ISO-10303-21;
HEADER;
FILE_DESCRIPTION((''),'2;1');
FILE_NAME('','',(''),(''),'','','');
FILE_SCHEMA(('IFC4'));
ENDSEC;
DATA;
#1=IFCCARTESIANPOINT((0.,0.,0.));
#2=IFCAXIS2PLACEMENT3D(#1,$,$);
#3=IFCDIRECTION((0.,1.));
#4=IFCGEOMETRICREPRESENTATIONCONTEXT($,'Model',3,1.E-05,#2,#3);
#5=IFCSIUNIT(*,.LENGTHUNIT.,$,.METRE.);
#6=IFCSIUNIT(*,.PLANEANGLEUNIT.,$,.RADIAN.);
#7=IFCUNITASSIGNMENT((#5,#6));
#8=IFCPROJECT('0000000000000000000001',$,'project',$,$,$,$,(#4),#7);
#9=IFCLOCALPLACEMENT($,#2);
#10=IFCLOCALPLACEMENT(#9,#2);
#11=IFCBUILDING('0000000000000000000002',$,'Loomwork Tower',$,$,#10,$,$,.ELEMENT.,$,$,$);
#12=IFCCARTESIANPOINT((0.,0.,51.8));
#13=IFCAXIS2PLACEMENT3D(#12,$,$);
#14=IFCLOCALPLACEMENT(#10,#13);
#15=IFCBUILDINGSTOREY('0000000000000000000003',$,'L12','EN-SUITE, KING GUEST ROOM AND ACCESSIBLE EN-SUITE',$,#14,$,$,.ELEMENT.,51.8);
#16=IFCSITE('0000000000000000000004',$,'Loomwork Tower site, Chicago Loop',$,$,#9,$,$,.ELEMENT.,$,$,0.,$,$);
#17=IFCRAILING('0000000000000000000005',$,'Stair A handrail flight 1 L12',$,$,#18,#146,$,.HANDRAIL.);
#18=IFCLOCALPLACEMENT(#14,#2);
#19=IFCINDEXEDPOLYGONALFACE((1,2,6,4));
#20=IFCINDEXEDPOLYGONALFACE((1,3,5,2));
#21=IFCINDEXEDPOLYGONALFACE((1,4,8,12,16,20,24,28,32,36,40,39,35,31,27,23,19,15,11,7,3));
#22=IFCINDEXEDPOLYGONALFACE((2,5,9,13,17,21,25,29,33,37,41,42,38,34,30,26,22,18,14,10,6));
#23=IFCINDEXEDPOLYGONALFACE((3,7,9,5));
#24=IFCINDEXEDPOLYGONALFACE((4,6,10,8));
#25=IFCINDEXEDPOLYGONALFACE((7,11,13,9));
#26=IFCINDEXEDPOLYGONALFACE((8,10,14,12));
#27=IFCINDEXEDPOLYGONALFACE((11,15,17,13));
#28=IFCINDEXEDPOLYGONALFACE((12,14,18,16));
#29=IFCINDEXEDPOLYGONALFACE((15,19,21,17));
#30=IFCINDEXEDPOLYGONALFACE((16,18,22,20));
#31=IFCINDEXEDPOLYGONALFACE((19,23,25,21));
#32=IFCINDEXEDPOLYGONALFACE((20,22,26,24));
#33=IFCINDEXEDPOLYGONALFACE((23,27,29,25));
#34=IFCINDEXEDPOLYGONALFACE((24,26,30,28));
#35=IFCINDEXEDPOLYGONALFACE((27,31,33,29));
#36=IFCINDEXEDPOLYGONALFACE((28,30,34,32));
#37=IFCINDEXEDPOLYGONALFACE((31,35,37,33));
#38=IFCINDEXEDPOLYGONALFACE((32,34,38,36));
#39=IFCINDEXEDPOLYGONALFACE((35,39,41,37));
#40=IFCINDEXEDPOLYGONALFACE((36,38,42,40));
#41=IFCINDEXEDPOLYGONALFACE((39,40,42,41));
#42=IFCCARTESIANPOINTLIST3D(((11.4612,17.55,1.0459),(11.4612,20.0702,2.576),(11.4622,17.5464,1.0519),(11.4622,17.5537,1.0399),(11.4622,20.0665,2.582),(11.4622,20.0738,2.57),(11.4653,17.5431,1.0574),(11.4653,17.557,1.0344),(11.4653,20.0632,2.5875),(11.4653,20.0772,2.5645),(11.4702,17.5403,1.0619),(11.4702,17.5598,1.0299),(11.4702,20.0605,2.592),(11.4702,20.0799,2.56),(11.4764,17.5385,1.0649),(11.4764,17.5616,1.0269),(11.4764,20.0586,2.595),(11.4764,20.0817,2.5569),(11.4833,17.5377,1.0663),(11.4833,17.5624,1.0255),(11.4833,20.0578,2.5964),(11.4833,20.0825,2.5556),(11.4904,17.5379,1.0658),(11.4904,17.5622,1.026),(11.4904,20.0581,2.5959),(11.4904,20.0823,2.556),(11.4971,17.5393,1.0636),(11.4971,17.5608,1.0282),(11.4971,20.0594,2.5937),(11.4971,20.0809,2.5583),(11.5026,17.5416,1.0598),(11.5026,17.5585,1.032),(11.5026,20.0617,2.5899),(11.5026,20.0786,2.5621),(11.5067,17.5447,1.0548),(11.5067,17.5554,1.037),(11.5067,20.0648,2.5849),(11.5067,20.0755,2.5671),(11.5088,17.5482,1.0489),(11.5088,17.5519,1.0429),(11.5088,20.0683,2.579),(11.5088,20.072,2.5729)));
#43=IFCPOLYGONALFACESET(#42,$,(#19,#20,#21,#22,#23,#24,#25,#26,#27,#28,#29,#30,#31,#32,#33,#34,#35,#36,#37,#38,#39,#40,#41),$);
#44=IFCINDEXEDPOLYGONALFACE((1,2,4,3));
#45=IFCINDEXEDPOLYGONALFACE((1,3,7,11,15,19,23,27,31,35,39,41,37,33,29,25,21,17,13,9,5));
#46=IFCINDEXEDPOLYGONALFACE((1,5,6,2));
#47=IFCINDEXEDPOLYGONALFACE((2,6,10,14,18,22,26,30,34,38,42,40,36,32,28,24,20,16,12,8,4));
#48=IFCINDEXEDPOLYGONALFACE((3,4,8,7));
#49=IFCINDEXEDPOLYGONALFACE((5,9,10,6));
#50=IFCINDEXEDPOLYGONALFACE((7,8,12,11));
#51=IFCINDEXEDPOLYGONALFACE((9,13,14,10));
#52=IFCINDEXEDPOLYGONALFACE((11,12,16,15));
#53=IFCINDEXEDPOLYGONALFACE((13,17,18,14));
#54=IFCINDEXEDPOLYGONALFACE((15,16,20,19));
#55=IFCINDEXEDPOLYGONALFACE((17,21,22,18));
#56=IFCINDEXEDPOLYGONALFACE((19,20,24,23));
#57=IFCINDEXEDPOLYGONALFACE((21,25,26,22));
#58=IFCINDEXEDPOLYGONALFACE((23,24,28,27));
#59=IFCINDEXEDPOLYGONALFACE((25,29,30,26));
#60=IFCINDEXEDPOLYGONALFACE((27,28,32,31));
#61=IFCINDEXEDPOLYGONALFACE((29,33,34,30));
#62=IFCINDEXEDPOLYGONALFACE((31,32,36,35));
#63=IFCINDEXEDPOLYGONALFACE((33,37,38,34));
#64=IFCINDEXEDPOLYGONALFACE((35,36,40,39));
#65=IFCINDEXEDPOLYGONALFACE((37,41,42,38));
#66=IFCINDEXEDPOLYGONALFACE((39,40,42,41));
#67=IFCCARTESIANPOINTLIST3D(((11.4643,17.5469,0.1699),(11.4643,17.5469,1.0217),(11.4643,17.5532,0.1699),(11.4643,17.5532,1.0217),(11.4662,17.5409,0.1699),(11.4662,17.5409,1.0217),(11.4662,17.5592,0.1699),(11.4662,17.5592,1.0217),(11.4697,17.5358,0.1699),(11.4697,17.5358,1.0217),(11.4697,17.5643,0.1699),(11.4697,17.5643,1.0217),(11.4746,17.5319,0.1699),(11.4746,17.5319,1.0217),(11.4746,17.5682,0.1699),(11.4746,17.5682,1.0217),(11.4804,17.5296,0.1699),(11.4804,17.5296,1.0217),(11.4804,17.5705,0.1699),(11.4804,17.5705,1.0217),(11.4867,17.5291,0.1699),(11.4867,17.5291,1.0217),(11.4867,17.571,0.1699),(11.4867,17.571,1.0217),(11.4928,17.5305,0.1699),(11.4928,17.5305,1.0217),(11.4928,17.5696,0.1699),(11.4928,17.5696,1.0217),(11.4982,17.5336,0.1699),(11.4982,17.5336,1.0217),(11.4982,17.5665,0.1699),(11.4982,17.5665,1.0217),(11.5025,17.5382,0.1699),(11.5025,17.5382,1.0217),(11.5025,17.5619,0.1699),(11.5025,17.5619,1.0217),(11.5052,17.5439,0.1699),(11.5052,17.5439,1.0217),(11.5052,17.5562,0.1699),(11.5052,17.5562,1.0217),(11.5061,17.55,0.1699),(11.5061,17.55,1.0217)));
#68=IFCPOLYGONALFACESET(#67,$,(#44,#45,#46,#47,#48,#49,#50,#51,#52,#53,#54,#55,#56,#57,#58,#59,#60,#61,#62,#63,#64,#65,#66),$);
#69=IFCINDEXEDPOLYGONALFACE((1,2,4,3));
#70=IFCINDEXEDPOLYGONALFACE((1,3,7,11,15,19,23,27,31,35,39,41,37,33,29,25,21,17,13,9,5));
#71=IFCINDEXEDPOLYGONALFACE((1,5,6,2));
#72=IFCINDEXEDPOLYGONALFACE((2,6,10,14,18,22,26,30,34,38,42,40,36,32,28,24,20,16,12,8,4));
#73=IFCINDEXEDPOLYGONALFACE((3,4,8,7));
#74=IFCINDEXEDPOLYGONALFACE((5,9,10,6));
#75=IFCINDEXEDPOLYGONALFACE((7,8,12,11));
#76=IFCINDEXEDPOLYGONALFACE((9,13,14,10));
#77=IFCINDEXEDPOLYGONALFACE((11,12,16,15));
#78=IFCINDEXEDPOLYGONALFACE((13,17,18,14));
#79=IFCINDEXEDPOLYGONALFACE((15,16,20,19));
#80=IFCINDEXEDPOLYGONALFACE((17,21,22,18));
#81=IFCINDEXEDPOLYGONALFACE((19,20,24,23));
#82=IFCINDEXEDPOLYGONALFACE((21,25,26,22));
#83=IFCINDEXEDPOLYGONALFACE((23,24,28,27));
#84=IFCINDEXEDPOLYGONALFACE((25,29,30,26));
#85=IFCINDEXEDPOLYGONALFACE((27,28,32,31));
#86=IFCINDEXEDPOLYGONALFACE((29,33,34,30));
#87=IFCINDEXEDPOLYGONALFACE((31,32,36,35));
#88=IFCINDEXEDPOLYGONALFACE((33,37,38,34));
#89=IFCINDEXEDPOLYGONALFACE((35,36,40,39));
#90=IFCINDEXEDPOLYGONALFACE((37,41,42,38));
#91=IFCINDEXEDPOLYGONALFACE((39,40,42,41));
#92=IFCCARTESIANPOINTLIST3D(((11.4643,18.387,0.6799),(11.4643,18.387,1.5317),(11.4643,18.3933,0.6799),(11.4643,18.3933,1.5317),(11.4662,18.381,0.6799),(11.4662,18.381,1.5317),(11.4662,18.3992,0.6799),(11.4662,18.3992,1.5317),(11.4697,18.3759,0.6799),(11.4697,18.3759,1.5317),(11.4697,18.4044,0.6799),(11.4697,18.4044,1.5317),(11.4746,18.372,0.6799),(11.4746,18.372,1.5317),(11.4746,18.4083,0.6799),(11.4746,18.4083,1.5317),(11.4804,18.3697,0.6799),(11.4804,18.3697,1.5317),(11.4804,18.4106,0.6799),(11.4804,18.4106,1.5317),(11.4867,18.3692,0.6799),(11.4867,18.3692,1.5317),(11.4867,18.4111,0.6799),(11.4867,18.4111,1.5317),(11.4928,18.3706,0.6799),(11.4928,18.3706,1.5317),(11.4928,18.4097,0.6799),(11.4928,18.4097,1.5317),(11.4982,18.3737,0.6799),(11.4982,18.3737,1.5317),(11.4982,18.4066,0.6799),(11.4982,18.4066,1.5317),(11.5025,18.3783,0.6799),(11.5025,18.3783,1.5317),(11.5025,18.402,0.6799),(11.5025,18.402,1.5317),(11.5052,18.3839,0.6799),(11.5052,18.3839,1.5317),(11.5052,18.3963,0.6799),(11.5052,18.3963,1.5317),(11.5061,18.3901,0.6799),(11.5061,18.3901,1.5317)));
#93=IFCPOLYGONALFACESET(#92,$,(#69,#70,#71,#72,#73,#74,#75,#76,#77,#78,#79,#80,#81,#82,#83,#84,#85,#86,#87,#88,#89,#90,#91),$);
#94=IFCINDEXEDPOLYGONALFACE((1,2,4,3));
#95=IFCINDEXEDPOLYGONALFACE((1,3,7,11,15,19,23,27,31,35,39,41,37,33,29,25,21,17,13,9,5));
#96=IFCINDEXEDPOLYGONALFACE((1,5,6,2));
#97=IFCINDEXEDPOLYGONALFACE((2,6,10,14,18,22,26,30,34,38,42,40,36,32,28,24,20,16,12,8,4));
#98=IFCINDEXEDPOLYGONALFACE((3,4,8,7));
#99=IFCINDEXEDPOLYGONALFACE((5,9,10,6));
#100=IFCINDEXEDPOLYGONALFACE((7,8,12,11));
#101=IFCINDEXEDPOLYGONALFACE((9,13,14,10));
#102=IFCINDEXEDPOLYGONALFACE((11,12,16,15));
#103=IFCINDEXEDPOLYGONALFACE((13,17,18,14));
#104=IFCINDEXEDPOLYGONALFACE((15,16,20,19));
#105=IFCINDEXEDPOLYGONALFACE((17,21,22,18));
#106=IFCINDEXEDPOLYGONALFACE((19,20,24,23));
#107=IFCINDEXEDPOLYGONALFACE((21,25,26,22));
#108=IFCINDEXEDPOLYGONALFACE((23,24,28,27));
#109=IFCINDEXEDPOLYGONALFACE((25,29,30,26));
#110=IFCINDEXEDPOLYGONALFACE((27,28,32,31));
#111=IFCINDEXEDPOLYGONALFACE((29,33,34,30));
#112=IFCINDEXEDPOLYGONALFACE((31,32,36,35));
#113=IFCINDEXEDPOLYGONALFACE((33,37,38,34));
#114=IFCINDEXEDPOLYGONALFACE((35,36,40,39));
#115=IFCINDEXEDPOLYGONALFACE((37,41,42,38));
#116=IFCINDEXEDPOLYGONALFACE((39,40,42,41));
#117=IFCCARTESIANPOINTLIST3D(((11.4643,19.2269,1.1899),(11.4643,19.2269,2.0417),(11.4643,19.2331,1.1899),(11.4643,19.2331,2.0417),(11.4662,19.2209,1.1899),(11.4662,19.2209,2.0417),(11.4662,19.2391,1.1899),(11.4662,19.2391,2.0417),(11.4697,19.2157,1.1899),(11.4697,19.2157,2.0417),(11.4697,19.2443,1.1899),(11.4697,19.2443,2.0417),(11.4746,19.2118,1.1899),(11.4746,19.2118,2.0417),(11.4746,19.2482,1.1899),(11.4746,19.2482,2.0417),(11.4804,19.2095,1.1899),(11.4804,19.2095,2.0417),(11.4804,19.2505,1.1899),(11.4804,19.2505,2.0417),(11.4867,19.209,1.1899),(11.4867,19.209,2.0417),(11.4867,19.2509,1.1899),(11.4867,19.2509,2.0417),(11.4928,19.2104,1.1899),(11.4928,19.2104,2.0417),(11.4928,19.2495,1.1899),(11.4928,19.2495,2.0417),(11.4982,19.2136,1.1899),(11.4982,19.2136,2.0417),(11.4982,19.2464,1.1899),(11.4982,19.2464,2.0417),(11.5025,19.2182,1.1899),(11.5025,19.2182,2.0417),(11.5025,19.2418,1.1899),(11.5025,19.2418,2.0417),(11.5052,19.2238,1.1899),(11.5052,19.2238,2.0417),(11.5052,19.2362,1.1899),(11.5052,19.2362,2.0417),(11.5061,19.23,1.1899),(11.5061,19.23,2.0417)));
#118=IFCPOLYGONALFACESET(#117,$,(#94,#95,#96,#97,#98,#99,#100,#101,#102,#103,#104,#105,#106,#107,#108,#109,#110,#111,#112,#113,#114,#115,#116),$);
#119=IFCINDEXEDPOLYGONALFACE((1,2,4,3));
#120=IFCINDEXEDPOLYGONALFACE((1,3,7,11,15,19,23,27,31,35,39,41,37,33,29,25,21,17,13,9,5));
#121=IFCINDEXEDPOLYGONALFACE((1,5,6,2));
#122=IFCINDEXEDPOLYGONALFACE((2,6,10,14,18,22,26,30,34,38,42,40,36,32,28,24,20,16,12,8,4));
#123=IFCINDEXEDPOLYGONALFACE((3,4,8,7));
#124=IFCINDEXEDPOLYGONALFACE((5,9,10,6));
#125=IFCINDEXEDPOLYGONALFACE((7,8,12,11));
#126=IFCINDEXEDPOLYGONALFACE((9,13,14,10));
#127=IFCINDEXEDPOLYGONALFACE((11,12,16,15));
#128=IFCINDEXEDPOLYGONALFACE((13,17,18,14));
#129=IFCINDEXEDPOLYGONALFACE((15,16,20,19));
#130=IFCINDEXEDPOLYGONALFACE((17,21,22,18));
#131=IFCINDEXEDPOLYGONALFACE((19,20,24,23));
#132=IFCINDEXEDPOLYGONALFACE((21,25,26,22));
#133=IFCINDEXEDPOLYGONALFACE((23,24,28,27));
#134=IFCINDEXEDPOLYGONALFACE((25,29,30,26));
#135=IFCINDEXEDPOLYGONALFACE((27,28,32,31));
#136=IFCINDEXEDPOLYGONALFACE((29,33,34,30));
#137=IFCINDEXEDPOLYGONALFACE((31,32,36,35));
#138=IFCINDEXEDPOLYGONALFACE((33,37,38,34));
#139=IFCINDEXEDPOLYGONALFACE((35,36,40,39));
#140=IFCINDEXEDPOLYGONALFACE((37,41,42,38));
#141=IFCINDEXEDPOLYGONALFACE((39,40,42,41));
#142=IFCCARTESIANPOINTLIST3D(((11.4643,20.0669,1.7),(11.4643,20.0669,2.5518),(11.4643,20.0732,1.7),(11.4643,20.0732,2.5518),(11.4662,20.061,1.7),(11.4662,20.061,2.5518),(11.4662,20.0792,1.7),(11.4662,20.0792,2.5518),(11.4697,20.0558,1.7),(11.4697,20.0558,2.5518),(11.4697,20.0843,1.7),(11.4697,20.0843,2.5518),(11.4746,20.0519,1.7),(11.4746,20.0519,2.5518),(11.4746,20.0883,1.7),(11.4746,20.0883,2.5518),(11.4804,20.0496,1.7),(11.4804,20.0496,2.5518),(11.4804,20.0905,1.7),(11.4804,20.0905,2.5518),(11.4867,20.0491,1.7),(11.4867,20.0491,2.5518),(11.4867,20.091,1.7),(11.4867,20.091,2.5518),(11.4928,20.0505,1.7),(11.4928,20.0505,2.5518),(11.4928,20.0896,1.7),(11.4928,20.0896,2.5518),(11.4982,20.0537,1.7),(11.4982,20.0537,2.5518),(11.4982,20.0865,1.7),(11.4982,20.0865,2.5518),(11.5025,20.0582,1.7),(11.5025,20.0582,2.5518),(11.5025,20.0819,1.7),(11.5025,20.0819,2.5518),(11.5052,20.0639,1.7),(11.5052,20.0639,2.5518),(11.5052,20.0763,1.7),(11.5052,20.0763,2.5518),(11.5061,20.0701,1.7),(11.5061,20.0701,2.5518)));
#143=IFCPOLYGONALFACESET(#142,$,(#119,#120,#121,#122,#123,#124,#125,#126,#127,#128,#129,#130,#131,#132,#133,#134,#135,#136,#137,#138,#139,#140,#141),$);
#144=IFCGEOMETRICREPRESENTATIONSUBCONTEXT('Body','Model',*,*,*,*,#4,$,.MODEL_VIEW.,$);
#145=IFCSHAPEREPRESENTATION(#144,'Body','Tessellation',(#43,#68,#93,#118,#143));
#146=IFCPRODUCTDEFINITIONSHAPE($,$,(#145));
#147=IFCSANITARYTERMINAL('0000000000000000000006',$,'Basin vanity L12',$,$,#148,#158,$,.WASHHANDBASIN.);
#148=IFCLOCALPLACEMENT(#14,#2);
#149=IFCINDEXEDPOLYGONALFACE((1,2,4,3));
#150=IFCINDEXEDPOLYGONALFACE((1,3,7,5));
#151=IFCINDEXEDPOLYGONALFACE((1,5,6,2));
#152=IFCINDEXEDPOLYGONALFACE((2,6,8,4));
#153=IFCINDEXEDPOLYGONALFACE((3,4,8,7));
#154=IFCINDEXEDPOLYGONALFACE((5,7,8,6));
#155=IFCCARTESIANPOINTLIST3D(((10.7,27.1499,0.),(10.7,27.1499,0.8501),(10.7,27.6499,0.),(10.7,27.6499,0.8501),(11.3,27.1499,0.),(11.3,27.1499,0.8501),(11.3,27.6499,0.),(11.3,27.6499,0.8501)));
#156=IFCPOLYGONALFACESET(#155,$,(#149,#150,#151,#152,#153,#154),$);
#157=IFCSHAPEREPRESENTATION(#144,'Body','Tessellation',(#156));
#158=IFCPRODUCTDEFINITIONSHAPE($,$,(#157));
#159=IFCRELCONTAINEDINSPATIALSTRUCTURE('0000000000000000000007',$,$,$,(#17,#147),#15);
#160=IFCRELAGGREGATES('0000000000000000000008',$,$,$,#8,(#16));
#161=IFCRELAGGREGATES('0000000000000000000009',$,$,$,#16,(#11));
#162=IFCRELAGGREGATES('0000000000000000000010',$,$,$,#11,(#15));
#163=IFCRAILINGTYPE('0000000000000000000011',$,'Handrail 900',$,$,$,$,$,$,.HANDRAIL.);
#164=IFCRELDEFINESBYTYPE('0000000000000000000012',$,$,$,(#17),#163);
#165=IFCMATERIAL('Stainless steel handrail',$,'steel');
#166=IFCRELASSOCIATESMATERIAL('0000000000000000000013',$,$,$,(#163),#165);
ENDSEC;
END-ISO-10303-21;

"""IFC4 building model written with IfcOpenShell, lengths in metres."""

from ifc_helpers import new_model, si_unit, direction, frame, origin, origin_2d, place, context, subcontext, project, spatial, rectangle, circle, extrude, material, type_object, element, save


model = new_model("IFC4")

# Units and contexts
model_context = context("Model", 3, precision=1e-05, world=origin(), true_north=direction((0.0, 1.0)))
body_context = subcontext(model_context, "Body", "Model", "MODEL_VIEW")
ifc_project = project(units=[si_unit("LENGTHUNIT", "METRE"), si_unit("PLANEANGLEUNIT", "RADIAN")], contexts=[model_context])

# Site, building, storey
site_placement = place(None, origin())
site = spatial("IfcSite", under=ifc_project, at=site_placement, Name="Loomwork Tower site, Chicago Loop", CompositionType="ELEMENT", RefElevation=0.0)
building_placement = place(site_placement, origin())
building = spatial("IfcBuilding", under=site, at=building_placement, Name="Loomwork Tower", CompositionType="ELEMENT")
storey_placement = place(building_placement, frame((0.0, 0.0, 51.8)))
storey = spatial("IfcBuildingStorey", under=building, at=storey_placement, Name="L12", Description="EN-SUITE, KING GUEST ROOM AND ACCESSIBLE EN-SUITE", CompositionType="ELEMENT", Elevation=51.8)

# Railing
ifc_material_1 = material(Name="Stainless steel handrail", Category="steel")
railing_type = type_object("IfcRailingType", Name="Handrail 900", PredefinedType="HANDRAIL", material=ifc_material_1)
railing_placement = place(storey_placement, frame((11.4851, 17.55, 0.1699)))
element("IfcRailing", 1, at=railing_placement, inside=storey, type_object=railing_type, Name="Stair A handrail flight 1 L12", PredefinedType="HANDRAIL", context=body_context, shape_type="SweptSolid", body=[
    extrude(circle(Radius=0.0239, at=origin_2d()), frame((0.0, 0.0, 0.876), z_axis=(0.0, 0.854785, 0.518982), x_axis=(-1.0, 0.0, 0.0)), (0.0, 0.0, 1.0), 2.9482),
    extrude(circle(Radius=0.021, at=origin_2d()), origin(), (0.0, 0.0, 1.0), 0.8518),
    extrude(circle(Radius=0.021, at=origin_2d()), frame((0.0, 0.8401, 0.51)), (0.0, 0.0, 1.0), 0.8518),
    extrude(circle(Radius=0.021, at=origin_2d()), frame((0.0, 1.6799, 1.02)), (0.0, 0.0, 1.0), 0.8518),
    extrude(circle(Radius=0.021, at=origin_2d()), frame((0.0, 2.52, 1.53)), (0.0, 0.0, 1.0), 0.8518),
])

# Sanitary terminal
sanitary_terminal_placement = place(storey_placement, frame((11.0, 27.3999, 0.0), z_axis=(0.0, 0.0, 1.0), x_axis=(1.0, 0.0, 0.0)))
element("IfcSanitaryTerminal", 2, at=sanitary_terminal_placement, inside=storey, Name="Basin vanity L12", PredefinedType="WASHHANDBASIN", context=body_context, shape_type="SweptSolid", body=[
    extrude(rectangle(XDim=0.6001, YDim=0.5, at=origin_2d()), origin(), (0.0, 0.0, 1.0), 0.8501),
])

save(model, "model.ifc")
